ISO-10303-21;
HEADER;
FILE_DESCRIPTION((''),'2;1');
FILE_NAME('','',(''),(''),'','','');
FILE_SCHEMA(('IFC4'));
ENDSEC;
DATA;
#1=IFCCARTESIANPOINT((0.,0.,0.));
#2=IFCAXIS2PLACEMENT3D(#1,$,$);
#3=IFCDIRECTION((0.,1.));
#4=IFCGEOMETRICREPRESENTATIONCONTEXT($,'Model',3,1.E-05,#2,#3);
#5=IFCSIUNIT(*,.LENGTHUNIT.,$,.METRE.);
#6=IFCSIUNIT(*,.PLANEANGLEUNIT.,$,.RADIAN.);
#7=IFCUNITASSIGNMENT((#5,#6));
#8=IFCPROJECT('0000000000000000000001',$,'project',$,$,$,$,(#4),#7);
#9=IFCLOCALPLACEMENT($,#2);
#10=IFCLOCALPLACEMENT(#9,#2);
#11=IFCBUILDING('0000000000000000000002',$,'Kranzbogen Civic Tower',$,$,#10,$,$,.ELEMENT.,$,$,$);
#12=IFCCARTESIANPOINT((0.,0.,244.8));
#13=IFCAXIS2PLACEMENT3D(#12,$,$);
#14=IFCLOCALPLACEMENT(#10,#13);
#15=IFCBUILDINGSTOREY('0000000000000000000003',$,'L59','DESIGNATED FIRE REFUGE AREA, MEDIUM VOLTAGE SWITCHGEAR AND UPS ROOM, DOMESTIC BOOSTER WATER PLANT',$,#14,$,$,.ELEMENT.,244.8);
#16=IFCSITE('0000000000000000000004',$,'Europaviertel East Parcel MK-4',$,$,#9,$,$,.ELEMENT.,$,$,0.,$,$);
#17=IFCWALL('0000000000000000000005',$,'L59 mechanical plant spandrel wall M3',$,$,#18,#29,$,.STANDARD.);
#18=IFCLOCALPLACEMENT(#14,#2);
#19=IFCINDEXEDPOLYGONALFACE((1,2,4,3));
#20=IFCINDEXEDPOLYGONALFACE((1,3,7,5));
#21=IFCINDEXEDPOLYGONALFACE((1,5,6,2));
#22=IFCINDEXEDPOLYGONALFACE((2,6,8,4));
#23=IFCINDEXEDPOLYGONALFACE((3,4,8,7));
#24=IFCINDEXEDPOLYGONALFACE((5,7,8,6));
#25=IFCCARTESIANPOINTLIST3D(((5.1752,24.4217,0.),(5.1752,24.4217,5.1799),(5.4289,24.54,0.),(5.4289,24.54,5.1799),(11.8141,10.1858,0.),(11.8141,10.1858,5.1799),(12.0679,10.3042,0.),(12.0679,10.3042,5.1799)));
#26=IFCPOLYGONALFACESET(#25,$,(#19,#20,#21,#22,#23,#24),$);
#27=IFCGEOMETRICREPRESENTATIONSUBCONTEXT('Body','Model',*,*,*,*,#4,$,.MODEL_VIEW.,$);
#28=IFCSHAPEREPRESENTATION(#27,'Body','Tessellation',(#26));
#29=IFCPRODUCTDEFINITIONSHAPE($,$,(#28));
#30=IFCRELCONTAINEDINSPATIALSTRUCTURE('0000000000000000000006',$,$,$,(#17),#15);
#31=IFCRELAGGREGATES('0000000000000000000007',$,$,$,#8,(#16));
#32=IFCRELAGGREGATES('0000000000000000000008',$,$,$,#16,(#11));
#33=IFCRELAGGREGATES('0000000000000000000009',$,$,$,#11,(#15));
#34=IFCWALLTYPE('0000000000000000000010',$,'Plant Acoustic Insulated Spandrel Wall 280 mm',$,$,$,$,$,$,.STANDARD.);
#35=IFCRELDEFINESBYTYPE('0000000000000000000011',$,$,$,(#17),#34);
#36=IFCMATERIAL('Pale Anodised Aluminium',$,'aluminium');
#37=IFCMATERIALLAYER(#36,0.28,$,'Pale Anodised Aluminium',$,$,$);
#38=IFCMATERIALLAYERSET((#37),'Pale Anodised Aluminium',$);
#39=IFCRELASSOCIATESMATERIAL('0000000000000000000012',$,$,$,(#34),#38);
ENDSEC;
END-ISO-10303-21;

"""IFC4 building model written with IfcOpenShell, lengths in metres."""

from ifc_helpers import new_model, si_unit, direction, frame, frame_2d, origin, place, context, subcontext, project, spatial, rectangle, extrude, material, layer, layer_set, type_object, element, save


model = new_model("IFC4")

# Units and contexts
model_context = context("Model", 3, precision=1e-05, world=origin(), true_north=direction((0.0, 1.0)))
body_context = subcontext(model_context, "Body", "Model", "MODEL_VIEW")
ifc_project = project(units=[si_unit("LENGTHUNIT", "METRE"), si_unit("PLANEANGLEUNIT", "RADIAN")], contexts=[model_context])

# Site, building, storey
site_placement = place(None, origin())
site = spatial("IfcSite", under=ifc_project, at=site_placement, Name="Europaviertel East Parcel MK-4", CompositionType="ELEMENT", RefElevation=0.0)
building_placement = place(site_placement, origin())
building = spatial("IfcBuilding", under=site, at=building_placement, Name="Kranzbogen Civic Tower", CompositionType="ELEMENT")
storey_placement = place(building_placement, frame((0.0, 0.0, 244.8)))
storey = spatial("IfcBuildingStorey", under=building, at=storey_placement, Name="L59", Description="DESIGNATED FIRE REFUGE AREA, MEDIUM VOLTAGE SWITCHGEAR AND UPS ROOM, DOMESTIC BOOSTER WATER PLANT", CompositionType="ELEMENT", Elevation=244.8)

# Wall
ifc_material_1 = material(Name="Pale Anodised Aluminium", Category="aluminium")
ifc_layer_1 = layer(ifc_material_1, 0.28, Name="Pale Anodised Aluminium")
ifc_layer_set_1 = layer_set([ifc_layer_1], Name="Pale Anodised Aluminium")
wall_type_1 = type_object("IfcWallType", Name="Plant Acoustic Insulated Spandrel Wall 280 mm", PredefinedType="STANDARD", material=ifc_layer_set_1)
wall_1_placement = place(storey_placement, frame((5.302, 24.481, 0.0), z_axis=(0.0, 0.0, 1.0), x_axis=(0.422651, -0.906292, 0.0)))
element("IfcWall", 1, at=wall_1_placement, inside=storey, type_object=wall_type_1, Name="L59 mechanical plant spandrel wall M3", PredefinedType="STANDARD", context=body_context, shape_type="SweptSolid", body=[
    extrude(rectangle(XDim=15.7078, YDim=0.28, at=frame_2d((7.854, 0.0))), origin(), (0.0, 0.0, 1.0), 5.1799),
])

save(model, "model.ifc")
